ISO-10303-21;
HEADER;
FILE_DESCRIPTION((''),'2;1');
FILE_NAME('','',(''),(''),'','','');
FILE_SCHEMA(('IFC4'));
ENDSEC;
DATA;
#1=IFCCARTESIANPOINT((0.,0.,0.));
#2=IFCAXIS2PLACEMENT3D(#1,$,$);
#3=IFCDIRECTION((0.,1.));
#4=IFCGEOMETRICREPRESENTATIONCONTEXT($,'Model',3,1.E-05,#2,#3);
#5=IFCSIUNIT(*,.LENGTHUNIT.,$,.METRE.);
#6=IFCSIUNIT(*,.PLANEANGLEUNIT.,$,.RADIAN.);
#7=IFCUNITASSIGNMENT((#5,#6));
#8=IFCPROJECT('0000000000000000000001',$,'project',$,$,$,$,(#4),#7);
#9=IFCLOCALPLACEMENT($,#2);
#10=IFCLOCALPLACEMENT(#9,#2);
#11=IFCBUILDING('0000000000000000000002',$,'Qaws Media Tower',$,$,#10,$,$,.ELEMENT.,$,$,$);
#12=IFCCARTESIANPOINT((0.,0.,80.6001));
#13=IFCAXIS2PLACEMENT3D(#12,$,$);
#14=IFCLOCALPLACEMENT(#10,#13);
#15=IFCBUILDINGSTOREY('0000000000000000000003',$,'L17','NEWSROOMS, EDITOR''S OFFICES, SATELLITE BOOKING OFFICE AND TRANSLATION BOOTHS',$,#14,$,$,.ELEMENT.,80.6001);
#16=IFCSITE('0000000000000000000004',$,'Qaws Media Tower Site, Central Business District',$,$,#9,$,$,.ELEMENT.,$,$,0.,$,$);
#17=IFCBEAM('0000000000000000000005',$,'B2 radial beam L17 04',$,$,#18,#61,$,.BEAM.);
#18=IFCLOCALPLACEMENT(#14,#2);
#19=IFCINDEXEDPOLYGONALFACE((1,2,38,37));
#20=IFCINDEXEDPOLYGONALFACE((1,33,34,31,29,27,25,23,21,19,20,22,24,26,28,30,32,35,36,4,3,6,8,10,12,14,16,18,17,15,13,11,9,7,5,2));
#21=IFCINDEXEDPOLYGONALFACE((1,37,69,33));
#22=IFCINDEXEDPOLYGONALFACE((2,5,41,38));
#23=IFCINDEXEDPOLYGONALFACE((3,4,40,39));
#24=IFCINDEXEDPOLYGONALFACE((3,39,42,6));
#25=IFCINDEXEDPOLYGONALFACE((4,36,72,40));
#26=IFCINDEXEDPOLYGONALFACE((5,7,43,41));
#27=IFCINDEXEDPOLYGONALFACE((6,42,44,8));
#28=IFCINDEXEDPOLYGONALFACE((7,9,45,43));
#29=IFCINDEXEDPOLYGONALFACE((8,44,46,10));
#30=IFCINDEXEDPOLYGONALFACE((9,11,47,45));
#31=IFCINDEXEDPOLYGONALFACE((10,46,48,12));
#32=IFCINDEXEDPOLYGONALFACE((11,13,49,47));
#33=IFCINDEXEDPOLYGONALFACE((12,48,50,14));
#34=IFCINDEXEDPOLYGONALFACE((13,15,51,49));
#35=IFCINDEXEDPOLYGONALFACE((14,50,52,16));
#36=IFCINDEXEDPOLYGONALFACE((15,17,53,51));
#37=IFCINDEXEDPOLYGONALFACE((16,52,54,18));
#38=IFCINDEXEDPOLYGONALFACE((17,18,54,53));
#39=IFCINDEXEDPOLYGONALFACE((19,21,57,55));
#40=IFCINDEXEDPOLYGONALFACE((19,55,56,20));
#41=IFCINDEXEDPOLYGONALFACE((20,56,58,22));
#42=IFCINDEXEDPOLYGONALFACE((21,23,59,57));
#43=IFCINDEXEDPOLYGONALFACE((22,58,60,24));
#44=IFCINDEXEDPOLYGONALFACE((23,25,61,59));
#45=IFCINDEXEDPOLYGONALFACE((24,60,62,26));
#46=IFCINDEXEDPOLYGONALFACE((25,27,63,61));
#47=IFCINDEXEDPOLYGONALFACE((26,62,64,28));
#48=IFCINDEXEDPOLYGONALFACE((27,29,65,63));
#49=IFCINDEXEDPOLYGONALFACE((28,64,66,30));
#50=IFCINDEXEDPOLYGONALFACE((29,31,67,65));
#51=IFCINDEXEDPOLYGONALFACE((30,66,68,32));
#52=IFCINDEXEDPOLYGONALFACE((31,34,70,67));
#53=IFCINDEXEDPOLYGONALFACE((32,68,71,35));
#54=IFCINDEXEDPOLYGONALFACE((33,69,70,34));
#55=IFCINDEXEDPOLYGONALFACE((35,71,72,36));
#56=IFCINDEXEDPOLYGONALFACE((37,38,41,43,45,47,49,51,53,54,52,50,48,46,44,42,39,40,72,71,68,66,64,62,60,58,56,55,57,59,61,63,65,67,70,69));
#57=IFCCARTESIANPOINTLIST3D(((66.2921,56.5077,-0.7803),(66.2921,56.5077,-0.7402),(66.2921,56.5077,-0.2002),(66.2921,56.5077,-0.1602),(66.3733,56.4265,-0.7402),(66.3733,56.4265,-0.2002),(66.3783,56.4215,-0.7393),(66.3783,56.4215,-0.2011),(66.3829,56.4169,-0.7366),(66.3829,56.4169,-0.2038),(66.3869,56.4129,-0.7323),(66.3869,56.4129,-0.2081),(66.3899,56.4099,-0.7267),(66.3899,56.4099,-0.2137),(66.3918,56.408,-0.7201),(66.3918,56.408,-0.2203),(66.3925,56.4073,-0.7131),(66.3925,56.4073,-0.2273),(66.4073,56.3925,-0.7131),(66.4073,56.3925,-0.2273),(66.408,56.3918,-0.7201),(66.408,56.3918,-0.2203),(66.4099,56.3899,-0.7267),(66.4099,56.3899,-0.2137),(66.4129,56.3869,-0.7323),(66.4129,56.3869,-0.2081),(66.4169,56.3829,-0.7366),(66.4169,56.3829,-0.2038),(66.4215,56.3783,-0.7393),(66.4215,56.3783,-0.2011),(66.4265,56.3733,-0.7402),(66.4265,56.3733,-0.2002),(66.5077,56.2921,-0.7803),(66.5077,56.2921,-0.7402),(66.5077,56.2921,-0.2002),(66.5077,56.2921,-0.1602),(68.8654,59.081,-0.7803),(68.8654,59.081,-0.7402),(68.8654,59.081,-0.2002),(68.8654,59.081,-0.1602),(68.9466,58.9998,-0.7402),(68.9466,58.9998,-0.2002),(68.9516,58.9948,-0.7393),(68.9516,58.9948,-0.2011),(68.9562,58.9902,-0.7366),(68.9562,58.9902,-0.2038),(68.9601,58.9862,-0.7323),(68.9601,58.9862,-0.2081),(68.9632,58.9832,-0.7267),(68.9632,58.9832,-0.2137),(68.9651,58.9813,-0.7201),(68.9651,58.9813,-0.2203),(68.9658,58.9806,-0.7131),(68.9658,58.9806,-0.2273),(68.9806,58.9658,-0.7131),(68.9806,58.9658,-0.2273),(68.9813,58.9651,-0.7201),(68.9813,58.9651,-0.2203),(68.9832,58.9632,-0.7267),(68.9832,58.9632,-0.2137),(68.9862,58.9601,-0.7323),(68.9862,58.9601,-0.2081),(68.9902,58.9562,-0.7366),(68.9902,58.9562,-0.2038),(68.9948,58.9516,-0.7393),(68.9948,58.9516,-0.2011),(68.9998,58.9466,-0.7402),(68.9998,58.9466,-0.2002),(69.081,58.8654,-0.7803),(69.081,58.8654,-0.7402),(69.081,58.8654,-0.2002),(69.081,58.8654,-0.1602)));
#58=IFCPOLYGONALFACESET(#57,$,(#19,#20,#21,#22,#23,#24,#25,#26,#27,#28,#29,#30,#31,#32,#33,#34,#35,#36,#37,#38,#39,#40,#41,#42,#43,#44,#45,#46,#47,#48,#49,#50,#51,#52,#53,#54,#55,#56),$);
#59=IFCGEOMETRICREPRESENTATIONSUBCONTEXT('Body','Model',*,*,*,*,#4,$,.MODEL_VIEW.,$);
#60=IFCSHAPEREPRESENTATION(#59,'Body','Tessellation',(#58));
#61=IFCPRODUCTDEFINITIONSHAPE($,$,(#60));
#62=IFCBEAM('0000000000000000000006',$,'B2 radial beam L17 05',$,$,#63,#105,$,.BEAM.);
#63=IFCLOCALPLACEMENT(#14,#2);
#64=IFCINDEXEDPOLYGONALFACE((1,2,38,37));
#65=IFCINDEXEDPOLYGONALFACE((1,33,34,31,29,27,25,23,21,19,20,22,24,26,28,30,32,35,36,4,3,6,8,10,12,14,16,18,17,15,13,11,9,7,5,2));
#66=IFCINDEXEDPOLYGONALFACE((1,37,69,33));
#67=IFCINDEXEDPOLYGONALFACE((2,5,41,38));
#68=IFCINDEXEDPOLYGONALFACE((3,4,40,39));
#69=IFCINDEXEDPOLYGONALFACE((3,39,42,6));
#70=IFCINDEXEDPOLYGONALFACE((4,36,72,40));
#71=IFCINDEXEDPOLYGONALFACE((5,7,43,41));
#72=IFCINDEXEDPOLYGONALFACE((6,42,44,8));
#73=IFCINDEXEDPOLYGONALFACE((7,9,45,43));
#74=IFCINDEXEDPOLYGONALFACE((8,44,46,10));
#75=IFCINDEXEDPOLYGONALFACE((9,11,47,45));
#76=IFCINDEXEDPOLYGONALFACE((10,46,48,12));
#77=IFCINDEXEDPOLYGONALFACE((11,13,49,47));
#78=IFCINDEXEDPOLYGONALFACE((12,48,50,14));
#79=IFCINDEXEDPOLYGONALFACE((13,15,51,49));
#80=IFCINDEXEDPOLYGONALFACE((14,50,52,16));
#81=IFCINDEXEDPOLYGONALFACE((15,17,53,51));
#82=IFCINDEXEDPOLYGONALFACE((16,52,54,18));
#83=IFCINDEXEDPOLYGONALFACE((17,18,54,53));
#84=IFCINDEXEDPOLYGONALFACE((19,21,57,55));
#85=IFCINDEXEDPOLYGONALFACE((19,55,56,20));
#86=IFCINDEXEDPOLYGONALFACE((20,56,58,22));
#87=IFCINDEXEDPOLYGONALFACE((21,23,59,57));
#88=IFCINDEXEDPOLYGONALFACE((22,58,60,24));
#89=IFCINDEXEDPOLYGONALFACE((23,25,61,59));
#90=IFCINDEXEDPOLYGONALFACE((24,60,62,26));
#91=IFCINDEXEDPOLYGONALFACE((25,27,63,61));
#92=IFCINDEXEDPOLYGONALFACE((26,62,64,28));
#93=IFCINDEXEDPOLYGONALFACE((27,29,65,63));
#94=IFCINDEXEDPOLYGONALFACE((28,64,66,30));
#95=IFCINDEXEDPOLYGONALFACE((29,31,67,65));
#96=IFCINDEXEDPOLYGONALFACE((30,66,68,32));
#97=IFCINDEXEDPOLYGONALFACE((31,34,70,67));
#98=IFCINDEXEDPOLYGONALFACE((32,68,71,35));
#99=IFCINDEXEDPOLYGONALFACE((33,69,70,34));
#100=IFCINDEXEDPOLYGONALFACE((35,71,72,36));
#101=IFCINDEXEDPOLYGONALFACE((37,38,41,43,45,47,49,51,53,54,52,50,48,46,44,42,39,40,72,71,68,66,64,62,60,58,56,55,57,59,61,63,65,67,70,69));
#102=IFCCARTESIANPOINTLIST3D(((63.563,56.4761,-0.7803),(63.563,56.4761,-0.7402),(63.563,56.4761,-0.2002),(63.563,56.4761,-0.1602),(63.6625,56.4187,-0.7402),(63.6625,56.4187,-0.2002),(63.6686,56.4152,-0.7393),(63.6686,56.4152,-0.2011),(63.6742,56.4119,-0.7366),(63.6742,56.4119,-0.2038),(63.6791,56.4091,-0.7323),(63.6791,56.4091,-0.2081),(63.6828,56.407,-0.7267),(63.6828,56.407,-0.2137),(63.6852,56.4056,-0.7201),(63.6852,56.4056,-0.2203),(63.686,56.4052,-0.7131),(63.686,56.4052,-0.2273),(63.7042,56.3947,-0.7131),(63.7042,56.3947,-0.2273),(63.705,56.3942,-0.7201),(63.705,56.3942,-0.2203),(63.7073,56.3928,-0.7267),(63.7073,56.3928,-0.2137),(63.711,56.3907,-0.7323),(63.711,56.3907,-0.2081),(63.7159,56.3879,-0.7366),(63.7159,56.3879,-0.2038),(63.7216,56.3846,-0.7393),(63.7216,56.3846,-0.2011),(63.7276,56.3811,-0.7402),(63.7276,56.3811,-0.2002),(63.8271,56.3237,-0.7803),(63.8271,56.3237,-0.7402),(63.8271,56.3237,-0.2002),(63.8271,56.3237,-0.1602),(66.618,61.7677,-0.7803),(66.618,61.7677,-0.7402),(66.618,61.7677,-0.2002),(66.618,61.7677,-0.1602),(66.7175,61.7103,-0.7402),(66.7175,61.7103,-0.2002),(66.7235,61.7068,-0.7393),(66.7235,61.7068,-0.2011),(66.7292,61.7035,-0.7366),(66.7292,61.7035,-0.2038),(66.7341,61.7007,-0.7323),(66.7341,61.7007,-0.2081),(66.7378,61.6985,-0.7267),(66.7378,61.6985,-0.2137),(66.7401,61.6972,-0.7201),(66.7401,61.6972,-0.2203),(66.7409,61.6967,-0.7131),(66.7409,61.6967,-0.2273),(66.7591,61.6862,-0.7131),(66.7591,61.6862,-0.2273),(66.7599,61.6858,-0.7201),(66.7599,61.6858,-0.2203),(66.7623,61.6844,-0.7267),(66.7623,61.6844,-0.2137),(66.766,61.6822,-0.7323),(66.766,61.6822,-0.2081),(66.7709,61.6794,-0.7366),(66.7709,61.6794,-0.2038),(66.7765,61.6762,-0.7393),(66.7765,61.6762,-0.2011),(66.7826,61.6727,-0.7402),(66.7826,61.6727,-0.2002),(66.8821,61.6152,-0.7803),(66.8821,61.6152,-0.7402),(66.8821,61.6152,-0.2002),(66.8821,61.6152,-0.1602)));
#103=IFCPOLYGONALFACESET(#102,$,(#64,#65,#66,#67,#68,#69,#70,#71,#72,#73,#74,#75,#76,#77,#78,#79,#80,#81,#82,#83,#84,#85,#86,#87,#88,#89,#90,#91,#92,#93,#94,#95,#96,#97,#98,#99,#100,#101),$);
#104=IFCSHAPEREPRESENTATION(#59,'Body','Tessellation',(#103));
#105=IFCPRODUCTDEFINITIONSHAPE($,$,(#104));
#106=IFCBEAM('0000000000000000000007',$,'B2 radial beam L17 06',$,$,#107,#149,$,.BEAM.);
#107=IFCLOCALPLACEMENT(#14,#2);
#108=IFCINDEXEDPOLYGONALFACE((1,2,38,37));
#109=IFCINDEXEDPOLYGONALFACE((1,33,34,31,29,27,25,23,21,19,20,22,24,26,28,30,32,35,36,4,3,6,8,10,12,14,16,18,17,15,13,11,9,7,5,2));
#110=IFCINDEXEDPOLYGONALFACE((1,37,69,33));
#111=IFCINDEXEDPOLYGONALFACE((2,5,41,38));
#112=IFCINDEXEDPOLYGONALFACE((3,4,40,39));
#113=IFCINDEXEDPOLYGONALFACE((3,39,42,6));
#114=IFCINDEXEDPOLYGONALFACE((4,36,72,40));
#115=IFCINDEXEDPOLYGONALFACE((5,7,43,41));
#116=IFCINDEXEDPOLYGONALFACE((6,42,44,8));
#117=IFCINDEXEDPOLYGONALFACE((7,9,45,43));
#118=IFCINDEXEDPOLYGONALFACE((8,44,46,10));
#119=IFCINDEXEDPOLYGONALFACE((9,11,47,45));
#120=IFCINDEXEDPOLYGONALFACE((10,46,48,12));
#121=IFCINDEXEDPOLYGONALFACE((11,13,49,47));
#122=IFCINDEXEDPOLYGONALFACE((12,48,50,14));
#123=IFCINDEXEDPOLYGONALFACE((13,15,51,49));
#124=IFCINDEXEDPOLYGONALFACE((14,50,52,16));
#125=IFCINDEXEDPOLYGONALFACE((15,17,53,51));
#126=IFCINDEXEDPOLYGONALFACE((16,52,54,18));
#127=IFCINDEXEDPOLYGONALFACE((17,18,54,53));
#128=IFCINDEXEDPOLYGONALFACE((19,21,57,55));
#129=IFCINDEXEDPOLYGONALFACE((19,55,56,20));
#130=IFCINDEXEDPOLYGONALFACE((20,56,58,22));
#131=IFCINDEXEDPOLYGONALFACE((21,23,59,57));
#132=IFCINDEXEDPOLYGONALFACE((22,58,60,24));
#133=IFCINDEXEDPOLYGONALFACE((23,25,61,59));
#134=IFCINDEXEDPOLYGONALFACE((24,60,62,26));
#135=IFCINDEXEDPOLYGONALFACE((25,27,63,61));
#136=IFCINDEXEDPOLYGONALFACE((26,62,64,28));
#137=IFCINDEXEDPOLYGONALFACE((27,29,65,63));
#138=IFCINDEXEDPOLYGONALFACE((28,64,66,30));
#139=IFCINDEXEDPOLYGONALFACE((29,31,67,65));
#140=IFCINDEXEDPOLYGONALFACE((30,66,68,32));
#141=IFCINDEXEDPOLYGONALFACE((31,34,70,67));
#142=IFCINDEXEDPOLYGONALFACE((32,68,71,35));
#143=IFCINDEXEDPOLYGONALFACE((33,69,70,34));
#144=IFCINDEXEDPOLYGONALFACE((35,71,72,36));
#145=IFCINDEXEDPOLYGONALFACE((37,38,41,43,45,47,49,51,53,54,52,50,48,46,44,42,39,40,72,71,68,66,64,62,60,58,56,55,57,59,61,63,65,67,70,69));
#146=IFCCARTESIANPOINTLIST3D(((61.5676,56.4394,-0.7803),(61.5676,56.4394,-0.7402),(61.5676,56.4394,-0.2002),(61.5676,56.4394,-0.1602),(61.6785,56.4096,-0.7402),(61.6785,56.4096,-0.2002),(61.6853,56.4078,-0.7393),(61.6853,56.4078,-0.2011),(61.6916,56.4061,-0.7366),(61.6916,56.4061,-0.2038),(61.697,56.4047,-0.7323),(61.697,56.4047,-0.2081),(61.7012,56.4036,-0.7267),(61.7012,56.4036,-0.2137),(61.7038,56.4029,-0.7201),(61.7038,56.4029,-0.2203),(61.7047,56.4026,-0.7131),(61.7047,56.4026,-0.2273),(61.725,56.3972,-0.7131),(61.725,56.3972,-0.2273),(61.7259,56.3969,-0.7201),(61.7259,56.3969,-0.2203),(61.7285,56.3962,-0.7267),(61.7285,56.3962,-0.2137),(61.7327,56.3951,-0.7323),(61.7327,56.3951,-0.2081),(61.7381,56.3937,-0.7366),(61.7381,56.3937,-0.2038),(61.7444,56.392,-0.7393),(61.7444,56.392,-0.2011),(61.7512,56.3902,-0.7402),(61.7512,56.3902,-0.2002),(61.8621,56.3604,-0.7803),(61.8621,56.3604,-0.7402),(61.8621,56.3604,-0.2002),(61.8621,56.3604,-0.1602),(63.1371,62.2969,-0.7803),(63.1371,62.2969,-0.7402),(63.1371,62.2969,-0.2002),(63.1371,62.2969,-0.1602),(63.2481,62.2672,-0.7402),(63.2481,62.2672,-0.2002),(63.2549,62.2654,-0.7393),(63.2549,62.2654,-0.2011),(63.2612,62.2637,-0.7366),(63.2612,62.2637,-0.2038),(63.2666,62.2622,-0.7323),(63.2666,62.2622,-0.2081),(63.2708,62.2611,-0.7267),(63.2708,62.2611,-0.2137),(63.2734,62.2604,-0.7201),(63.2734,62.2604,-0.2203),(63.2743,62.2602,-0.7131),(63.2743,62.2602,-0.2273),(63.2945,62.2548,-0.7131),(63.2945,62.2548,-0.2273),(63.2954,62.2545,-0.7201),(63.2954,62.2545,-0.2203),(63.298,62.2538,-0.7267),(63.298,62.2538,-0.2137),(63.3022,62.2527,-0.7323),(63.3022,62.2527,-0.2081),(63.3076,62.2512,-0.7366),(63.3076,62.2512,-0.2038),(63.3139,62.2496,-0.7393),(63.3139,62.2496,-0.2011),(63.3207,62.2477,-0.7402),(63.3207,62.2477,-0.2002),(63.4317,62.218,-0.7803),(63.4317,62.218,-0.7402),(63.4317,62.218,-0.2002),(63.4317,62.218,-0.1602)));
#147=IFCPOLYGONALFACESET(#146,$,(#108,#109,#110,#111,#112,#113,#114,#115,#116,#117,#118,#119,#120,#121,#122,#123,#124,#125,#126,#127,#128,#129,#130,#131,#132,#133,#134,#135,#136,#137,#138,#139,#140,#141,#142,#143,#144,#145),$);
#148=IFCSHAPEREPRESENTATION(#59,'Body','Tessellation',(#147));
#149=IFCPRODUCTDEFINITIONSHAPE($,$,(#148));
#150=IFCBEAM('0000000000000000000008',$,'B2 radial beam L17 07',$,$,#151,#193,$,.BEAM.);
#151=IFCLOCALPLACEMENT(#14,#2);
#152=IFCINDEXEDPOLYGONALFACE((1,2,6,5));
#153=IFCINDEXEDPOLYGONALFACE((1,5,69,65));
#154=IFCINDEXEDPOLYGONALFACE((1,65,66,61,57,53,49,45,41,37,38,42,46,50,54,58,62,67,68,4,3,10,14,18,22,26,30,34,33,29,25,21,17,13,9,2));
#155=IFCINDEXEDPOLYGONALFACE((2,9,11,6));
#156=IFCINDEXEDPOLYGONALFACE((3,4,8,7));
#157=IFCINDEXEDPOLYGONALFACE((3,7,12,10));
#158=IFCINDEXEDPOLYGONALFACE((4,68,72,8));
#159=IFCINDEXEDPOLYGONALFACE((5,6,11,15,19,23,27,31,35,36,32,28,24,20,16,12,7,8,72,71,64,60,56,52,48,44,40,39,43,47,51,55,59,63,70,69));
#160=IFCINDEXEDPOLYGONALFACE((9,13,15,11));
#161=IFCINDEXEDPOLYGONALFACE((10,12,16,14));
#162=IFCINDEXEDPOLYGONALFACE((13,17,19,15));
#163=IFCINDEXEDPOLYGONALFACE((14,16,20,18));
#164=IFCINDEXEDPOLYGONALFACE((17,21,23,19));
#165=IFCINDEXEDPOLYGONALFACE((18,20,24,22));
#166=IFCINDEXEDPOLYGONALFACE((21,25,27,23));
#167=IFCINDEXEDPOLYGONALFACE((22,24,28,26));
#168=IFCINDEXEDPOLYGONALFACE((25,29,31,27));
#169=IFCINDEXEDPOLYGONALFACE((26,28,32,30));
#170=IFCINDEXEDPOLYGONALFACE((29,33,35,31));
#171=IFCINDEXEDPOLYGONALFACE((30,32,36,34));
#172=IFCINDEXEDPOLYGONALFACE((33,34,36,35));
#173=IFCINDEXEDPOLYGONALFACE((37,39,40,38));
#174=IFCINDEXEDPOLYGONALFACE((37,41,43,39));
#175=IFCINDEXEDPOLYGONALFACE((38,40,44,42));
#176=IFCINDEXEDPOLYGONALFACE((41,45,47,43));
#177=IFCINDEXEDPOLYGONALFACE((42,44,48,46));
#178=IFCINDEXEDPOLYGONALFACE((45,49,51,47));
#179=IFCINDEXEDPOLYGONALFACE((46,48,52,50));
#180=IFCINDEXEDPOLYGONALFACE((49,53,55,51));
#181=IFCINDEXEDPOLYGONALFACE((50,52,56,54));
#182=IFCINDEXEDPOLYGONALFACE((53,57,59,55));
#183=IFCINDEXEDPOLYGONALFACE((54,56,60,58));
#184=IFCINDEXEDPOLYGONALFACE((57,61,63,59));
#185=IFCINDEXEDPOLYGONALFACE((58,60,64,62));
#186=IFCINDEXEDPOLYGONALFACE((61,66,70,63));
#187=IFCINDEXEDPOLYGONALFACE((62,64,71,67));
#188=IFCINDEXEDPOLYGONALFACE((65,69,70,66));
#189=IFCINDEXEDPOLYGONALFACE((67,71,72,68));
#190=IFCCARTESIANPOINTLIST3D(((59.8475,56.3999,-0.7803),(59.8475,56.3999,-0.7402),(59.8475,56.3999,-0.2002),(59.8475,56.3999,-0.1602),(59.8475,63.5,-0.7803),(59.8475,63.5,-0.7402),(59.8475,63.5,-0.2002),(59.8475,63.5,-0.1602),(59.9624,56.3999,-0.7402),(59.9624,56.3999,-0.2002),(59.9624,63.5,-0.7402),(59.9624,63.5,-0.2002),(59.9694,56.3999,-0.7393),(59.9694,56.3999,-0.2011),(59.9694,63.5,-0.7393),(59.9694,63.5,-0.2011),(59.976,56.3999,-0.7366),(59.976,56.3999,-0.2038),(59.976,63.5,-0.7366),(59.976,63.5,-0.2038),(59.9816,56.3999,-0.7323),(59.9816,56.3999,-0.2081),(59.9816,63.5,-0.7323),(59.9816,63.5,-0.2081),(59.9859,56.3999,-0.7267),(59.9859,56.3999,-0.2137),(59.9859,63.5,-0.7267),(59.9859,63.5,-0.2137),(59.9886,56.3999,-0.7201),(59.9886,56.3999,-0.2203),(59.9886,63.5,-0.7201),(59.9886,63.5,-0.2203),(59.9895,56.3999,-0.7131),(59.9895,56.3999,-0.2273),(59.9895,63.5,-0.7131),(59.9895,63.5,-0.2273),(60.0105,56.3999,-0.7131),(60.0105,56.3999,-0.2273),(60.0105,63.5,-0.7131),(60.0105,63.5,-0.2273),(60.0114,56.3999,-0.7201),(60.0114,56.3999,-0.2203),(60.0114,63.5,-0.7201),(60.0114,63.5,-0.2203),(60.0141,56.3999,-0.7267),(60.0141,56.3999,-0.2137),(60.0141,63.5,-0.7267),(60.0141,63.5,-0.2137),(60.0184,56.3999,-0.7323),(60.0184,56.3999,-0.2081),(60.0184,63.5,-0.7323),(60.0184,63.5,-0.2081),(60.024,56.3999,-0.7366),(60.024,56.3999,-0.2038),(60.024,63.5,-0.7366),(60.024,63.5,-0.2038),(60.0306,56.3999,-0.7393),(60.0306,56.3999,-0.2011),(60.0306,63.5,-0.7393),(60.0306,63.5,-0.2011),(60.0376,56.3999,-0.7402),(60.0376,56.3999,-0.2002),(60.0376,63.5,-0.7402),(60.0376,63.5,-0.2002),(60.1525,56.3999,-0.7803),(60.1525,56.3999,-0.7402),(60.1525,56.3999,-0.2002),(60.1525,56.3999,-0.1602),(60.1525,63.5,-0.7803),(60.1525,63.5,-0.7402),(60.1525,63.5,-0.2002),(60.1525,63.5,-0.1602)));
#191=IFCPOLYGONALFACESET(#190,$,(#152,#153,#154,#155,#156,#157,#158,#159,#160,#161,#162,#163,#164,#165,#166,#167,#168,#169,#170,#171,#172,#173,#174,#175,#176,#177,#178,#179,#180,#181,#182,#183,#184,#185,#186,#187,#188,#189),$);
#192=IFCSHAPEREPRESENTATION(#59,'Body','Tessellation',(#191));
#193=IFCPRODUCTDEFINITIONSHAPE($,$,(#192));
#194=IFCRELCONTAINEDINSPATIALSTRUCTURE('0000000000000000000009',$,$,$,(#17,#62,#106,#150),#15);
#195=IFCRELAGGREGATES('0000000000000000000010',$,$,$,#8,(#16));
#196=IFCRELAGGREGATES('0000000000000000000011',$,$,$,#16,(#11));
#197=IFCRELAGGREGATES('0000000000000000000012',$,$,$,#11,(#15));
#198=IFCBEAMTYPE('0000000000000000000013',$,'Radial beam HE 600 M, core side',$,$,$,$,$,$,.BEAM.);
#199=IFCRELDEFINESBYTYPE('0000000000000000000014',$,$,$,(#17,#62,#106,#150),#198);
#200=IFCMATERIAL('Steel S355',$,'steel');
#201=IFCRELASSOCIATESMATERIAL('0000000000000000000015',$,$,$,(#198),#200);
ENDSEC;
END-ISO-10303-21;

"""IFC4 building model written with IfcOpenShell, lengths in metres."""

from ifc_helpers import new_model, si_unit, direction, frame, origin, origin_2d, place, context, subcontext, project, spatial, i_section, extrude, material, material_profile, profile_set, type_object, element, save


model = new_model("IFC4")

# Units and contexts
model_context = context("Model", 3, precision=1e-05, world=origin(), true_north=direction((0.0, 1.0)))
body_context = subcontext(model_context, "Body", "Model", "MODEL_VIEW")
ifc_project = project(units=[si_unit("LENGTHUNIT", "METRE"), si_unit("PLANEANGLEUNIT", "RADIAN")], contexts=[model_context])

# Site, building, storey
site_placement = place(None, origin())
site = spatial("IfcSite", under=ifc_project, at=site_placement, Name="Qaws Media Tower Site, Central Business District", CompositionType="ELEMENT", RefElevation=0.0)
building_placement = place(site_placement, origin())
building = spatial("IfcBuilding", under=site, at=building_placement, Name="Qaws Media Tower", CompositionType="ELEMENT")
storey_placement = place(building_placement, frame((0.0, 0.0, 80.6001)))
storey = spatial("IfcBuildingStorey", under=building, at=storey_placement, Name="L17", Description="NEWSROOMS, EDITOR'S OFFICES, SATELLITE BOOKING OFFICE AND TRANSLATION BOOTHS", CompositionType="ELEMENT", Elevation=80.6001)

# Beams
ifc_material_1 = material(Name="Steel S355", Category="steel")
ifc_material_profile_1 = material_profile(ifc_material_1, i_section(OverallWidth=0.3049, OverallDepth=0.6201, WebThickness=0.021, FlangeThickness=0.04, FilletRadius=0.0271, at=origin_2d()), Name="HE 600 M")
ifc_profile_set_1 = profile_set([ifc_material_profile_1], Name="Steel S355")
beam_type_1 = type_object("IfcBeamType", Name="Radial beam HE 600 M, core side", PredefinedType="BEAM", material=ifc_profile_set_1)
beam_1_placement = place(storey_placement, frame((66.3999, 56.3999, -0.4702), z_axis=(0.707107, 0.707107, 0.0), x_axis=(-0.707107, 0.707107, 0.0)))
element("IfcBeam", 1, at=beam_1_placement, inside=storey, type_object=beam_type_1, Name="B2 radial beam L17 04", PredefinedType="BEAM", context=body_context, shape_type="SweptSolid", body=[
    extrude(i_section(OverallWidth=0.3049, OverallDepth=0.6201, WebThickness=0.021, FlangeThickness=0.04, FilletRadius=0.0271, at=origin_2d()), origin(), (0.0, 0.0, 1.0), 3.6392),
])
beam_2_placement = place(storey_placement, frame((63.6951, 56.3999, -0.4702), z_axis=(0.499985, 0.866034, 0.0), x_axis=(-0.866034, 0.499985, 0.0)))
element("IfcBeam", 2, at=beam_2_placement, inside=storey, type_object=beam_type_1, Name="B2 radial beam L17 05", PredefinedType="BEAM", context=body_context, shape_type="SweptSolid", body=[
    extrude(i_section(OverallWidth=0.3049, OverallDepth=0.6201, WebThickness=0.021, FlangeThickness=0.04, FilletRadius=0.0271, at=origin_2d()), origin(), (0.0, 0.0, 1.0), 6.1101),
])
beam_3_placement = place(storey_placement, frame((61.7148, 56.3999, -0.4702), z_axis=(0.258823, 0.965925, 0.0), x_axis=(-0.965925, 0.258823, 0.0)))
element("IfcBeam", 3, at=beam_3_placement, inside=storey, type_object=beam_type_1, Name="B2 radial beam L17 06", PredefinedType="BEAM", context=body_context, shape_type="SweptSolid", body=[
    extrude(i_section(OverallWidth=0.3049, OverallDepth=0.6201, WebThickness=0.021, FlangeThickness=0.04, FilletRadius=0.0271, at=origin_2d()), origin(), (0.0, 0.0, 1.0), 6.0642),
])
beam_4_placement = place(storey_placement, frame((60.0, 56.3999, -0.4702), z_axis=(0.0, 1.0, 0.0), x_axis=(-1.0, 0.0, 0.0)))
element("IfcBeam", 4, at=beam_4_placement, inside=storey, type_object=beam_type_1, Name="B2 radial beam L17 07", PredefinedType="BEAM", context=body_context, shape_type="SweptSolid", body=[
    extrude(i_section(OverallWidth=0.3049, OverallDepth=0.6201, WebThickness=0.021, FlangeThickness=0.04, FilletRadius=0.0271, at=origin_2d()), origin(), (0.0, 0.0, 1.0), 7.1001),
])

save(model, "model.ifc")
